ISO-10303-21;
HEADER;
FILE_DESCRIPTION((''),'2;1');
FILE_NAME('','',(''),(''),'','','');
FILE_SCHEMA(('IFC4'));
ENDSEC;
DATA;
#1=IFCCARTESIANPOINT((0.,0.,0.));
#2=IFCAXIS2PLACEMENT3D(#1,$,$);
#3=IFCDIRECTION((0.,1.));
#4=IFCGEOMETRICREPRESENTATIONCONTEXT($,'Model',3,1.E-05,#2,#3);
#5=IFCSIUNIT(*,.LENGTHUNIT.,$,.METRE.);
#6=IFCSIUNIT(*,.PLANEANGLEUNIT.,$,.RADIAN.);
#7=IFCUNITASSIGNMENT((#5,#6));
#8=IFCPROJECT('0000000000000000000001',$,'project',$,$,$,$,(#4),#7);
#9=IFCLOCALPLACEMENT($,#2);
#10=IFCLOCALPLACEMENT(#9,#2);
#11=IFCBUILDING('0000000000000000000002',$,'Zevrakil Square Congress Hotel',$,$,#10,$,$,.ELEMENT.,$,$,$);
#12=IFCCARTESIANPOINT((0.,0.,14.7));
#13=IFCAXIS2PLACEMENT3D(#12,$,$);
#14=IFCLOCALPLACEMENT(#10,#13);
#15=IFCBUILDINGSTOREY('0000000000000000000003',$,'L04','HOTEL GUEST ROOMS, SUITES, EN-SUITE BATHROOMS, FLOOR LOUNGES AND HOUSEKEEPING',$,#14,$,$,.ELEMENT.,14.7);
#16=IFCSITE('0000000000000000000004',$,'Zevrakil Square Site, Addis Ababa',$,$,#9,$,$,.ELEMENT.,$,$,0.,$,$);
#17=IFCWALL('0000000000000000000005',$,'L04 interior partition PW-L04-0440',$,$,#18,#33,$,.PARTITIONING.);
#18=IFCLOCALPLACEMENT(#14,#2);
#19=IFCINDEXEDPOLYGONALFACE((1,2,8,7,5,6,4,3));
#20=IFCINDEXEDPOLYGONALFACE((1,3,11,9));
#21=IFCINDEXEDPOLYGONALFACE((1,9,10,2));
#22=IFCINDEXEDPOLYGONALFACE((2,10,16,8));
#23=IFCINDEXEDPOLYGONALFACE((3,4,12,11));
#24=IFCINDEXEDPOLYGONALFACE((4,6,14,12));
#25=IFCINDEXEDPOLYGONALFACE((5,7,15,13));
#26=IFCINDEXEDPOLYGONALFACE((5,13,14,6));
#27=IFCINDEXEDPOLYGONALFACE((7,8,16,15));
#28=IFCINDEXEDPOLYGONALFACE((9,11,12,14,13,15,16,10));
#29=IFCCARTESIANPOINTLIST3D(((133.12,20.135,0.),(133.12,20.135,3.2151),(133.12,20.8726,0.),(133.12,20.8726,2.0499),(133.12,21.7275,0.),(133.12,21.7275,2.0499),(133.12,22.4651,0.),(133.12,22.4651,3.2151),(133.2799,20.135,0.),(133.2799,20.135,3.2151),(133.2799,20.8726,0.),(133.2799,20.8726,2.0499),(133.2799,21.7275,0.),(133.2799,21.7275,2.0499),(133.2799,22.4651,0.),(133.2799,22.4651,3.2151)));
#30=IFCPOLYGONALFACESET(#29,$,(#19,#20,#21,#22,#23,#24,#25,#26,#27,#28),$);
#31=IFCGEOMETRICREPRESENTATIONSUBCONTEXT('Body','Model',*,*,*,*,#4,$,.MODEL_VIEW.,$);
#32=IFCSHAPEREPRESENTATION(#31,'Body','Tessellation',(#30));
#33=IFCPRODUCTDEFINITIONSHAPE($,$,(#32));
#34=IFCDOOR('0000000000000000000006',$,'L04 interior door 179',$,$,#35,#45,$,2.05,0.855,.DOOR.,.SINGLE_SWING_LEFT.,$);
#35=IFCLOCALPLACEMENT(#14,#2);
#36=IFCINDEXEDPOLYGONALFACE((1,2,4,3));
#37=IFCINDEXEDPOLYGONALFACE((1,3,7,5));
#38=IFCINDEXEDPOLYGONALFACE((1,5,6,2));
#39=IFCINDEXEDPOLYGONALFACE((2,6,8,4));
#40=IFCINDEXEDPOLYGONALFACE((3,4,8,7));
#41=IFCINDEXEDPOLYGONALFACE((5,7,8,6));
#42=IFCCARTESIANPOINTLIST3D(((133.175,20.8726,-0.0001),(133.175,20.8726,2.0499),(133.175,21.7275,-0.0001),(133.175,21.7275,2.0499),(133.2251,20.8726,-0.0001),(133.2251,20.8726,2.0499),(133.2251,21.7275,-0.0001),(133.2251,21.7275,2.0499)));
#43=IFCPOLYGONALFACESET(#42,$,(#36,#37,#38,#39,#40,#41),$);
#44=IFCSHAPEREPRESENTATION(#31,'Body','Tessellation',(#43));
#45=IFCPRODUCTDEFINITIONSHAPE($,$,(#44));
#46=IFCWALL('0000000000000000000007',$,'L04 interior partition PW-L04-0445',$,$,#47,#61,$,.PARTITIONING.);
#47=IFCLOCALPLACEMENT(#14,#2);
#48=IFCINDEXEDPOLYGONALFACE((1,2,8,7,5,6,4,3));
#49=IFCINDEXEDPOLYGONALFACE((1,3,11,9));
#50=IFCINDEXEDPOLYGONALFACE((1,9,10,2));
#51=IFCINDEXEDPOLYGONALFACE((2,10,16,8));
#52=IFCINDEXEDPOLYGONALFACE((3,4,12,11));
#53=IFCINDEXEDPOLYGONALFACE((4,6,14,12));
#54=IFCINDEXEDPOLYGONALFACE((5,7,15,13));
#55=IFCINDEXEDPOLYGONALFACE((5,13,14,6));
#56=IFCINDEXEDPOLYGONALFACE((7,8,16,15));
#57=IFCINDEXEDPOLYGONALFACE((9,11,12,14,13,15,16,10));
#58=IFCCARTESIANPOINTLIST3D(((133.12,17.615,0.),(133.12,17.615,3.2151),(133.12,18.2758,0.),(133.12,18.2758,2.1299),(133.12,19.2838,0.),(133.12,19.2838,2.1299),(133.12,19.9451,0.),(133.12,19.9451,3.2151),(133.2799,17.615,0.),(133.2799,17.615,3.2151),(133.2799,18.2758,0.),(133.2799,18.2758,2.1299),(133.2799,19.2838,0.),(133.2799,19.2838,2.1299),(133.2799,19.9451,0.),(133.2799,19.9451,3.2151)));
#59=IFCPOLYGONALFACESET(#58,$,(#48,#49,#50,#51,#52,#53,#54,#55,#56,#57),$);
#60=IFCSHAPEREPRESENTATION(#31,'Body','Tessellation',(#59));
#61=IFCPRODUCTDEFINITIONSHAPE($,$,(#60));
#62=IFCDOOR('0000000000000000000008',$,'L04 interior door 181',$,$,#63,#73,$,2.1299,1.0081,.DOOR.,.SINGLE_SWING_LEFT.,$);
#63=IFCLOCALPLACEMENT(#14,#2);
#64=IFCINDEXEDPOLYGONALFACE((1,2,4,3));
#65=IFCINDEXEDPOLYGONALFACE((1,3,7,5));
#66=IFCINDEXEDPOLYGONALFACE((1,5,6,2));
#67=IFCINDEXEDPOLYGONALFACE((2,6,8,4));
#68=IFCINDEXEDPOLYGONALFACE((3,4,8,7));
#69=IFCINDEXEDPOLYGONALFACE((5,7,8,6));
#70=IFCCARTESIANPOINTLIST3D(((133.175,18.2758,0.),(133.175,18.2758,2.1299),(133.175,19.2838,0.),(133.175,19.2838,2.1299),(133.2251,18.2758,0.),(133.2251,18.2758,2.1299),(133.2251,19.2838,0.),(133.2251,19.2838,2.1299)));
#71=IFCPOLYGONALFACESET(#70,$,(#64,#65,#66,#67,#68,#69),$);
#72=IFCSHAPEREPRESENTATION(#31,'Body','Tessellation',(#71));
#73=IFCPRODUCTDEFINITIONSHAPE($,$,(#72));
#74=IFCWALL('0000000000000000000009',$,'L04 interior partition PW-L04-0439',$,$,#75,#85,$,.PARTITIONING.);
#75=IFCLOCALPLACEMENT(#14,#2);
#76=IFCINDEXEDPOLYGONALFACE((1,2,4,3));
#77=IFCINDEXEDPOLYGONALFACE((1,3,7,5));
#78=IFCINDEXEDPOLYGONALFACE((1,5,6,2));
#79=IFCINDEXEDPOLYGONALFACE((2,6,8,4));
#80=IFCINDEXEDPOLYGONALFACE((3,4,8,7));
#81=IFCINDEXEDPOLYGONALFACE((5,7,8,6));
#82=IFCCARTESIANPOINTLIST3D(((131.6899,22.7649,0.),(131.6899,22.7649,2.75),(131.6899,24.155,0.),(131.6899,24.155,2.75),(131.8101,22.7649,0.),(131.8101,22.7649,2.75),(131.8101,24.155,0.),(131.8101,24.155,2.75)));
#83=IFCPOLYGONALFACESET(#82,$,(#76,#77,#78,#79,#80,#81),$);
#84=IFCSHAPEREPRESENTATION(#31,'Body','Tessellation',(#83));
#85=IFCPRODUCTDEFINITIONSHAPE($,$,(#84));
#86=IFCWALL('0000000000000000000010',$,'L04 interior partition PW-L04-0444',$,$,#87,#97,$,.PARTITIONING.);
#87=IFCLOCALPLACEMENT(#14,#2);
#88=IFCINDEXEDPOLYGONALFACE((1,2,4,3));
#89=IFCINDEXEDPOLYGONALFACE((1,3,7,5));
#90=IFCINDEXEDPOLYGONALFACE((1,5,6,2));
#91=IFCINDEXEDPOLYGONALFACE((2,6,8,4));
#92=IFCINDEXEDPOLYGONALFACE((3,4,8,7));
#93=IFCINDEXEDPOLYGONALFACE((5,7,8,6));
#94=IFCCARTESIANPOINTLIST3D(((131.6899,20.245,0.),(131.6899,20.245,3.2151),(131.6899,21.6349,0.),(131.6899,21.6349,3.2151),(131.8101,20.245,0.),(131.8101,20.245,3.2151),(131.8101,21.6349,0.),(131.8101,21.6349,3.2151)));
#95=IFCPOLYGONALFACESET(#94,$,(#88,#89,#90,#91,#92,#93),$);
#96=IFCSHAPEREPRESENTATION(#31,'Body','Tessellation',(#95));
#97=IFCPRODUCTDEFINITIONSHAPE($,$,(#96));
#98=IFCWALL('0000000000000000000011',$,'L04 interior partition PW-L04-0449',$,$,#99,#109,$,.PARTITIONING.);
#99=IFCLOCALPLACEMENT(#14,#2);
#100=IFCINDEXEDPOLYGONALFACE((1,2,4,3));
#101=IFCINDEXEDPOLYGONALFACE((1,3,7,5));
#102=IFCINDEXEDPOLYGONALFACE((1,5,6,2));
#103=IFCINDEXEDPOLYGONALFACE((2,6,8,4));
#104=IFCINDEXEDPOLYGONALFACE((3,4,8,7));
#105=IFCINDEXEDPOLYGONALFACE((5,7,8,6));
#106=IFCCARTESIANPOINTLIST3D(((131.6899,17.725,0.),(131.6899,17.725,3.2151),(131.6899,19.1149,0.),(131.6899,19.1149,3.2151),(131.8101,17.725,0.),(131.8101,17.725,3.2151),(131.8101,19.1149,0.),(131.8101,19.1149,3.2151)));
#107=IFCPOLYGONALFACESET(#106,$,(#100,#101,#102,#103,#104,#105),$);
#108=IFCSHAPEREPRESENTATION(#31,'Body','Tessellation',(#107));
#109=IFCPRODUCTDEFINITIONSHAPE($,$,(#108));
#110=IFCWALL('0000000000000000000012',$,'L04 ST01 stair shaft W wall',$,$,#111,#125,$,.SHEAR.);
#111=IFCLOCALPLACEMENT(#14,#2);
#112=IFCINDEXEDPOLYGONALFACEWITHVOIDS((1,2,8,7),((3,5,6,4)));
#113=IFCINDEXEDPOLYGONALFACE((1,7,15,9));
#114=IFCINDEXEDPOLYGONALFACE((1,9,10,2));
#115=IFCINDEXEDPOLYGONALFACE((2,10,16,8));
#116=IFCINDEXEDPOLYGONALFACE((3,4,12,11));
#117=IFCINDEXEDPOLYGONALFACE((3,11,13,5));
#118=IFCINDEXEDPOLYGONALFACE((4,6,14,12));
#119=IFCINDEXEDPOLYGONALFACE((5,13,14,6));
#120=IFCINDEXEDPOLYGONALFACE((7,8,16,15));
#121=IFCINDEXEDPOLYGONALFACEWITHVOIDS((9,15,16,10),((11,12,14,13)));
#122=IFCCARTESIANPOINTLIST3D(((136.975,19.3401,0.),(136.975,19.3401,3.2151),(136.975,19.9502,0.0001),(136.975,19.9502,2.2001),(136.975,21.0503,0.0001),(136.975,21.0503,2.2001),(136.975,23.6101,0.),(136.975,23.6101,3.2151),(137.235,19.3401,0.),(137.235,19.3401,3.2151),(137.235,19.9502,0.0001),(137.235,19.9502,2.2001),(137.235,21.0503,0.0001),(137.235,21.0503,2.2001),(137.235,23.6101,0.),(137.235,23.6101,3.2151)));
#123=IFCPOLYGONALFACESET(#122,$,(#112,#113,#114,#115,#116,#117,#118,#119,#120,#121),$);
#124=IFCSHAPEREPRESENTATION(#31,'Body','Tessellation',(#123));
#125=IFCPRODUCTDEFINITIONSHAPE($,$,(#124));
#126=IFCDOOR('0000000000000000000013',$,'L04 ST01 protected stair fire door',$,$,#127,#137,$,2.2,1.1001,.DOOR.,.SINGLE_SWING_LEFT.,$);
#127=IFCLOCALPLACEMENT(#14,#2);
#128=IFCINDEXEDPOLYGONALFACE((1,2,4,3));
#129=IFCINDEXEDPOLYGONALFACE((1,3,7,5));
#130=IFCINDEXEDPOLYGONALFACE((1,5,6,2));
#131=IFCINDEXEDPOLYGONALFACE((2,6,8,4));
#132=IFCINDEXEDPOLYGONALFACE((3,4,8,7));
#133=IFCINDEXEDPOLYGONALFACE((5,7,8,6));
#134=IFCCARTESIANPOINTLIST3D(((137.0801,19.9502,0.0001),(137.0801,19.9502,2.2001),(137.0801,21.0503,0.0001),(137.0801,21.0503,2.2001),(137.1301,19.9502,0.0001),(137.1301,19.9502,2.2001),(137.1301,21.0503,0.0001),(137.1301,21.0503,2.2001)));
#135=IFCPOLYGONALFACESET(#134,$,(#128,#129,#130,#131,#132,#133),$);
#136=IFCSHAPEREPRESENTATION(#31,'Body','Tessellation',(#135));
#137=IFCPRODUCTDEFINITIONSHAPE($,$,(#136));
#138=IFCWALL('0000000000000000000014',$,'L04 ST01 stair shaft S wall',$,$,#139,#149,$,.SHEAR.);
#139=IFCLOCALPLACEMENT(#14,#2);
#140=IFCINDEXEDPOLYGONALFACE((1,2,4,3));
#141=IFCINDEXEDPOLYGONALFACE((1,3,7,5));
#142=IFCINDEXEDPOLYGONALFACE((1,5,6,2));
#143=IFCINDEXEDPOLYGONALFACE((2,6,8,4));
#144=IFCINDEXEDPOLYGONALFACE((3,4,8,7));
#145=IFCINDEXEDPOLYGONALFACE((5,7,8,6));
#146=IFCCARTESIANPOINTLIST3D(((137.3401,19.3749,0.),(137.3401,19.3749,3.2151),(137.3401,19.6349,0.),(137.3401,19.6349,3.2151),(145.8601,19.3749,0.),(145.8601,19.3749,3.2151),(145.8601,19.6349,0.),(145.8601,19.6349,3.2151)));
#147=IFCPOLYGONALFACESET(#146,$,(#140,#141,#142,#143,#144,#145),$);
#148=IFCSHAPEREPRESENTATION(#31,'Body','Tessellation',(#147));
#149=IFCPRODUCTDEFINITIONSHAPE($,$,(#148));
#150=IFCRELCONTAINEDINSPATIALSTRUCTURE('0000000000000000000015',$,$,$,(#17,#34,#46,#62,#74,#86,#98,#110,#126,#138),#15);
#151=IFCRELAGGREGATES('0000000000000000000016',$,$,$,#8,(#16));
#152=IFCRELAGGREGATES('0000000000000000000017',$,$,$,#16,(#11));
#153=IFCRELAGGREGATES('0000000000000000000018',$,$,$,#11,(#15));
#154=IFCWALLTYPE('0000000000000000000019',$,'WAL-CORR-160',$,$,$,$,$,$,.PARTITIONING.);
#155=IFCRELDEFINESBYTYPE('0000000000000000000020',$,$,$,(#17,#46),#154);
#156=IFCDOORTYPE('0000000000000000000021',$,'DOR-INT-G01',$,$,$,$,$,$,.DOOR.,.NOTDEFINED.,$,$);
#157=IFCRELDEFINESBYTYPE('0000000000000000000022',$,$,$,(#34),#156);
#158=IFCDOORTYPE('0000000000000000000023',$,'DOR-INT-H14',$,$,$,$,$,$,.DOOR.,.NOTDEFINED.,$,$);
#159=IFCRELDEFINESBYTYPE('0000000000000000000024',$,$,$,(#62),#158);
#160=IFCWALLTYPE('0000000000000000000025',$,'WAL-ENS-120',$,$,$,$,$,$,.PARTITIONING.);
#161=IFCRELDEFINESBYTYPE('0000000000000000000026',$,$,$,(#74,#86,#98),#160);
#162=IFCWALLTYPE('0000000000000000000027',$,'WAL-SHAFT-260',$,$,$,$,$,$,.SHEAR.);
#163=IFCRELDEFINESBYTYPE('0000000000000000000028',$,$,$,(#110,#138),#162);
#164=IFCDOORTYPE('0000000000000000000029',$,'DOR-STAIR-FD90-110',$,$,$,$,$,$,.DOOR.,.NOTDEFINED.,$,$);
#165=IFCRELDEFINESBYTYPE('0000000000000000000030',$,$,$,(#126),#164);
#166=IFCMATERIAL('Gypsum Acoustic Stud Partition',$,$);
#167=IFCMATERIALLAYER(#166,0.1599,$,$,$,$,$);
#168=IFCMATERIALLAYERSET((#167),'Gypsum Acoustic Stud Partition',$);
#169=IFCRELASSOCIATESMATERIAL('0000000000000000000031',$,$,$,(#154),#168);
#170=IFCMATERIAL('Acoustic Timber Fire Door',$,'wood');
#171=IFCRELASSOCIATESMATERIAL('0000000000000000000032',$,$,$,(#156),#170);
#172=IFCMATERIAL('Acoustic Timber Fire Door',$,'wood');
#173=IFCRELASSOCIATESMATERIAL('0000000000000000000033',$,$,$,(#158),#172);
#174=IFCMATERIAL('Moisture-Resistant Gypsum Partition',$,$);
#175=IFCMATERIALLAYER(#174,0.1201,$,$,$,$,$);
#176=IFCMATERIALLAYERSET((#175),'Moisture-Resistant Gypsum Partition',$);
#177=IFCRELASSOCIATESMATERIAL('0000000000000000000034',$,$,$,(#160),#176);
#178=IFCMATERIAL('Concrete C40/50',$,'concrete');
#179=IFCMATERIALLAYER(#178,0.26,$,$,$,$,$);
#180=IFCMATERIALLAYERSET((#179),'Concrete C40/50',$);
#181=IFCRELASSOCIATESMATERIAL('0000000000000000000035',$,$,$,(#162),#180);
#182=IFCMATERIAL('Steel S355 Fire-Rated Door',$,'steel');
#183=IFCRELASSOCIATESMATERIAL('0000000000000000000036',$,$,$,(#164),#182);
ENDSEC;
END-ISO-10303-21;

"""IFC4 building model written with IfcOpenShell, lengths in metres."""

from ifc_helpers import new_model, si_unit, direction, frame, frame_2d, origin, place, context, subcontext, project, spatial, rectangle, extrude, material, layer, layer_set, type_object, element, fill, save


model = new_model("IFC4")

# Units and contexts
model_context = context("Model", 3, precision=1e-05, world=origin(), true_north=direction((0.0, 1.0)))
body_context = subcontext(model_context, "Body", "Model", "MODEL_VIEW")
ifc_project = project(units=[si_unit("LENGTHUNIT", "METRE"), si_unit("PLANEANGLEUNIT", "RADIAN")], contexts=[model_context])

# Site, building, storey
site_placement = place(None, origin())
site = spatial("IfcSite", under=ifc_project, at=site_placement, Name="Zevrakil Square Site, Addis Ababa", CompositionType="ELEMENT", RefElevation=0.0)
building_placement = place(site_placement, origin())
building = spatial("IfcBuilding", under=site, at=building_placement, Name="Zevrakil Square Congress Hotel", CompositionType="ELEMENT")
storey_placement = place(building_placement, frame((0.0, 0.0, 14.7)))
storey = spatial("IfcBuildingStorey", under=building, at=storey_placement, Name="L04", Description="HOTEL GUEST ROOMS, SUITES, EN-SUITE BATHROOMS, FLOOR LOUNGES AND HOUSEKEEPING", CompositionType="ELEMENT", Elevation=14.7)

# Shared definitions
ifc_material_1 = material(Name="Gypsum Acoustic Stud Partition")
ifc_layer_1 = layer(ifc_material_1, 0.1599)
ifc_layer_set_1 = layer_set([ifc_layer_1], Name="Gypsum Acoustic Stud Partition")
wall_type_1 = type_object("IfcWallType", Name="WAL-CORR-160", PredefinedType="PARTITIONING", material=ifc_layer_set_1)

# Walls, openings, doors
wall_1_placement = place(storey_placement, frame((133.2, 20.135, 0.0), z_axis=(0.0, 0.0, 1.0), x_axis=(0.0, 1.0, 0.0)))
wall_1 = element("IfcWall", 1, at=wall_1_placement, inside=storey, type_object=wall_type_1, Name="L04 interior partition PW-L04-0440", PredefinedType="PARTITIONING", context=body_context, shape_type="SweptSolid", body=[
    extrude(rectangle(XDim=2.3301, YDim=0.1599, at=frame_2d((1.165, 0.0))), origin(), (0.0, 0.0, 1.0), 3.2151),
])
opening_1_placement = place(wall_1_placement, frame((0.7375, 0.0, 0.0)))
opening_1 = element("IfcOpeningElement", 2, at=opening_1_placement, cuts=wall_1, PredefinedType="OPENING", context=body_context, shape_type="SweptSolid", body=[
    extrude(rectangle(XDim=0.855, YDim=2.05, at=frame_2d((0.4275, 1.0249))), frame((0.0, 0.0898, 0.0), z_axis=(0.0, -1.0, 0.0), x_axis=(1.0, 0.0, 0.0)), (0.0, 0.0, 1.0), 0.1799),
])
ifc_material_2 = material(Name="Acoustic Timber Fire Door", Category="wood")
door_type_1 = type_object("IfcDoorType", Name="DOR-INT-G01", OperationType="NOTDEFINED", PredefinedType="DOOR", material=ifc_material_2)
door_1_placement = place(opening_1_placement, origin())
door_1 = element("IfcDoor", 3, at=door_1_placement, inside=storey, type_object=door_type_1, Name="L04 interior door 179", OperationType="SINGLE_SWING_LEFT", OverallHeight=2.05, OverallWidth=0.855, PredefinedType="DOOR", context=body_context, shape_type="SweptSolid", body=[
    extrude(rectangle(XDim=0.855, YDim=2.05, at=frame_2d((0.4275, 1.0249))), frame((0.0, 0.0249, 0.0), z_axis=(0.0, -1.0, 0.0), x_axis=(1.0, 0.0, 0.0)), (0.0, 0.0, 1.0), 0.05),
])
fill(opening_1, door_1)
wall_2_placement = place(storey_placement, frame((133.2, 17.615, 0.0), z_axis=(0.0, 0.0, 1.0), x_axis=(0.0, 1.0, 0.0)))
wall_2 = element("IfcWall", 4, at=wall_2_placement, inside=storey, type_object=wall_type_1, Name="L04 interior partition PW-L04-0445", PredefinedType="PARTITIONING", context=body_context, shape_type="SweptSolid", body=[
    extrude(rectangle(XDim=2.3301, YDim=0.1599, at=frame_2d((1.165, 0.0))), origin(), (0.0, 0.0, 1.0), 3.2151),
])
opening_2_placement = place(wall_2_placement, frame((0.6609, 0.0, 0.0)))
opening_2 = element("IfcOpeningElement", 5, at=opening_2_placement, cuts=wall_2, PredefinedType="OPENING", context=body_context, shape_type="SweptSolid", body=[
    extrude(rectangle(XDim=1.0081, YDim=2.1299, at=frame_2d((0.5039, 1.0649))), frame((0.0, 0.0898, 0.0), z_axis=(0.0, -1.0, 0.0), x_axis=(1.0, 0.0, 0.0)), (0.0, 0.0, 1.0), 0.1799),
])
ifc_material_3 = material(Name="Acoustic Timber Fire Door", Category="wood")
door_type_2 = type_object("IfcDoorType", Name="DOR-INT-H14", OperationType="NOTDEFINED", PredefinedType="DOOR", material=ifc_material_3)
door_2_placement = place(opening_2_placement, origin())
door_2 = element("IfcDoor", 6, at=door_2_placement, inside=storey, type_object=door_type_2, Name="L04 interior door 181", OperationType="SINGLE_SWING_LEFT", OverallHeight=2.1299, OverallWidth=1.0081, PredefinedType="DOOR", context=body_context, shape_type="SweptSolid", body=[
    extrude(rectangle(XDim=1.0081, YDim=2.1299, at=frame_2d((0.5039, 1.0649))), frame((0.0, 0.0249, 0.0), z_axis=(0.0, -1.0, 0.0), x_axis=(1.0, 0.0, 0.0)), (0.0, 0.0, 1.0), 0.05),
])
fill(opening_2, door_2)

# Walls
ifc_material_4 = material(Name="Moisture-Resistant Gypsum Partition")
ifc_layer_2 = layer(ifc_material_4, 0.1201)
ifc_layer_set_2 = layer_set([ifc_layer_2], Name="Moisture-Resistant Gypsum Partition")
wall_type_2 = type_object("IfcWallType", Name="WAL-ENS-120", PredefinedType="PARTITIONING", material=ifc_layer_set_2)
wall_3_placement = place(storey_placement, frame((131.75, 22.7649, 0.0), z_axis=(0.0, 0.0, 1.0), x_axis=(0.0, 1.0, 0.0)))
element("IfcWall", 7, at=wall_3_placement, inside=storey, type_object=wall_type_2, Name="L04 interior partition PW-L04-0439", PredefinedType="PARTITIONING", context=body_context, shape_type="SweptSolid", body=[
    extrude(rectangle(XDim=1.3901, YDim=0.1201, at=frame_2d((0.6951, 0.0))), origin(), (0.0, 0.0, 1.0), 2.75),
])
for number, where, z_axis, x_axis, name in (
    (8, (131.75, 20.2451, 0.0), (0.0, 0.0, 1.0), (0.0, 1.0, 0.0), "L04 interior partition PW-L04-0444"),
    (9, (131.75, 17.7251, 0.0), (0.0, 0.0, 1.0), (0.0, 1.0, 0.0), "L04 interior partition PW-L04-0449"),
):
    element("IfcWall", number, at=place(storey_placement, frame(where, z_axis=z_axis, x_axis=x_axis)), inside=storey, type_object=wall_type_2, Name=name, PredefinedType="PARTITIONING", context=body_context, shape_type="SweptSolid", body=[
        extrude(rectangle(XDim=1.3899, YDim=0.1201, at=frame_2d((0.6948, 0.0))), origin(), (0.0, 0.0, 1.0), 3.2151),
    ])

# Wall, opening, door
ifc_material_5 = material(Name="Concrete C40/50", Category="concrete")
ifc_layer_3 = layer(ifc_material_5, 0.26)
ifc_layer_set_3 = layer_set([ifc_layer_3], Name="Concrete C40/50")
wall_type_3 = type_object("IfcWallType", Name="WAL-SHAFT-260", PredefinedType="SHEAR", material=ifc_layer_set_3)
wall_4_placement = place(storey_placement, frame((137.105, 19.3401, 0.0), z_axis=(0.0, 0.0, 1.0), x_axis=(0.0, 1.0, 0.0)))
wall_4 = element("IfcWall", 10, at=wall_4_placement, inside=storey, type_object=wall_type_3, Name="L04 ST01 stair shaft W wall", PredefinedType="SHEAR", context=body_context, shape_type="SweptSolid", body=[
    extrude(rectangle(XDim=4.27, YDim=0.26, at=frame_2d((2.135, 0.0))), origin(), (0.0, 0.0, 1.0), 3.2151),
])
opening_3_placement = place(wall_4_placement, frame((0.6101, 0.0, 0.0)))
opening_3 = element("IfcOpeningElement", 11, at=opening_3_placement, cuts=wall_4, PredefinedType="OPENING", context=body_context, shape_type="SweptSolid", body=[
    extrude(rectangle(XDim=1.1001, YDim=2.2, at=frame_2d((0.55, 1.1001))), frame((0.0, 0.1401, 0.0), z_axis=(0.0, -1.0, 0.0), x_axis=(1.0, 0.0, 0.0)), (0.0, 0.0, 1.0), 0.28),
])
ifc_material_6 = material(Name="Steel S355 Fire-Rated Door", Category="steel")
door_type_3 = type_object("IfcDoorType", Name="DOR-STAIR-FD90-110", OperationType="NOTDEFINED", PredefinedType="DOOR", material=ifc_material_6)
door_3_placement = place(opening_3_placement, origin())
door_3 = element("IfcDoor", 12, at=door_3_placement, inside=storey, type_object=door_type_3, Name="L04 ST01 protected stair fire door", OperationType="SINGLE_SWING_LEFT", OverallHeight=2.2, OverallWidth=1.1001, PredefinedType="DOOR", context=body_context, shape_type="SweptSolid", body=[
    extrude(rectangle(XDim=1.1001, YDim=2.2, at=frame_2d((0.55, 1.1001))), frame((0.0, 0.0249, 0.0), z_axis=(0.0, -1.0, 0.0), x_axis=(1.0, 0.0, 0.0)), (0.0, 0.0, 1.0), 0.05),
])
fill(opening_3, door_3)

# Wall
wall_5_placement = place(storey_placement, frame((137.3401, 19.5049, 0.0), z_axis=(0.0, 0.0, 1.0), x_axis=(1.0, 0.0, 0.0)))
element("IfcWall", 13, at=wall_5_placement, inside=storey, type_object=wall_type_3, Name="L04 ST01 stair shaft S wall", PredefinedType="SHEAR", context=body_context, shape_type="SweptSolid", body=[
    extrude(rectangle(XDim=8.52, YDim=0.26, at=frame_2d((4.26, 0.0))), origin(), (0.0, 0.0, 1.0), 3.2151),
])

save(model, "model.ifc")
